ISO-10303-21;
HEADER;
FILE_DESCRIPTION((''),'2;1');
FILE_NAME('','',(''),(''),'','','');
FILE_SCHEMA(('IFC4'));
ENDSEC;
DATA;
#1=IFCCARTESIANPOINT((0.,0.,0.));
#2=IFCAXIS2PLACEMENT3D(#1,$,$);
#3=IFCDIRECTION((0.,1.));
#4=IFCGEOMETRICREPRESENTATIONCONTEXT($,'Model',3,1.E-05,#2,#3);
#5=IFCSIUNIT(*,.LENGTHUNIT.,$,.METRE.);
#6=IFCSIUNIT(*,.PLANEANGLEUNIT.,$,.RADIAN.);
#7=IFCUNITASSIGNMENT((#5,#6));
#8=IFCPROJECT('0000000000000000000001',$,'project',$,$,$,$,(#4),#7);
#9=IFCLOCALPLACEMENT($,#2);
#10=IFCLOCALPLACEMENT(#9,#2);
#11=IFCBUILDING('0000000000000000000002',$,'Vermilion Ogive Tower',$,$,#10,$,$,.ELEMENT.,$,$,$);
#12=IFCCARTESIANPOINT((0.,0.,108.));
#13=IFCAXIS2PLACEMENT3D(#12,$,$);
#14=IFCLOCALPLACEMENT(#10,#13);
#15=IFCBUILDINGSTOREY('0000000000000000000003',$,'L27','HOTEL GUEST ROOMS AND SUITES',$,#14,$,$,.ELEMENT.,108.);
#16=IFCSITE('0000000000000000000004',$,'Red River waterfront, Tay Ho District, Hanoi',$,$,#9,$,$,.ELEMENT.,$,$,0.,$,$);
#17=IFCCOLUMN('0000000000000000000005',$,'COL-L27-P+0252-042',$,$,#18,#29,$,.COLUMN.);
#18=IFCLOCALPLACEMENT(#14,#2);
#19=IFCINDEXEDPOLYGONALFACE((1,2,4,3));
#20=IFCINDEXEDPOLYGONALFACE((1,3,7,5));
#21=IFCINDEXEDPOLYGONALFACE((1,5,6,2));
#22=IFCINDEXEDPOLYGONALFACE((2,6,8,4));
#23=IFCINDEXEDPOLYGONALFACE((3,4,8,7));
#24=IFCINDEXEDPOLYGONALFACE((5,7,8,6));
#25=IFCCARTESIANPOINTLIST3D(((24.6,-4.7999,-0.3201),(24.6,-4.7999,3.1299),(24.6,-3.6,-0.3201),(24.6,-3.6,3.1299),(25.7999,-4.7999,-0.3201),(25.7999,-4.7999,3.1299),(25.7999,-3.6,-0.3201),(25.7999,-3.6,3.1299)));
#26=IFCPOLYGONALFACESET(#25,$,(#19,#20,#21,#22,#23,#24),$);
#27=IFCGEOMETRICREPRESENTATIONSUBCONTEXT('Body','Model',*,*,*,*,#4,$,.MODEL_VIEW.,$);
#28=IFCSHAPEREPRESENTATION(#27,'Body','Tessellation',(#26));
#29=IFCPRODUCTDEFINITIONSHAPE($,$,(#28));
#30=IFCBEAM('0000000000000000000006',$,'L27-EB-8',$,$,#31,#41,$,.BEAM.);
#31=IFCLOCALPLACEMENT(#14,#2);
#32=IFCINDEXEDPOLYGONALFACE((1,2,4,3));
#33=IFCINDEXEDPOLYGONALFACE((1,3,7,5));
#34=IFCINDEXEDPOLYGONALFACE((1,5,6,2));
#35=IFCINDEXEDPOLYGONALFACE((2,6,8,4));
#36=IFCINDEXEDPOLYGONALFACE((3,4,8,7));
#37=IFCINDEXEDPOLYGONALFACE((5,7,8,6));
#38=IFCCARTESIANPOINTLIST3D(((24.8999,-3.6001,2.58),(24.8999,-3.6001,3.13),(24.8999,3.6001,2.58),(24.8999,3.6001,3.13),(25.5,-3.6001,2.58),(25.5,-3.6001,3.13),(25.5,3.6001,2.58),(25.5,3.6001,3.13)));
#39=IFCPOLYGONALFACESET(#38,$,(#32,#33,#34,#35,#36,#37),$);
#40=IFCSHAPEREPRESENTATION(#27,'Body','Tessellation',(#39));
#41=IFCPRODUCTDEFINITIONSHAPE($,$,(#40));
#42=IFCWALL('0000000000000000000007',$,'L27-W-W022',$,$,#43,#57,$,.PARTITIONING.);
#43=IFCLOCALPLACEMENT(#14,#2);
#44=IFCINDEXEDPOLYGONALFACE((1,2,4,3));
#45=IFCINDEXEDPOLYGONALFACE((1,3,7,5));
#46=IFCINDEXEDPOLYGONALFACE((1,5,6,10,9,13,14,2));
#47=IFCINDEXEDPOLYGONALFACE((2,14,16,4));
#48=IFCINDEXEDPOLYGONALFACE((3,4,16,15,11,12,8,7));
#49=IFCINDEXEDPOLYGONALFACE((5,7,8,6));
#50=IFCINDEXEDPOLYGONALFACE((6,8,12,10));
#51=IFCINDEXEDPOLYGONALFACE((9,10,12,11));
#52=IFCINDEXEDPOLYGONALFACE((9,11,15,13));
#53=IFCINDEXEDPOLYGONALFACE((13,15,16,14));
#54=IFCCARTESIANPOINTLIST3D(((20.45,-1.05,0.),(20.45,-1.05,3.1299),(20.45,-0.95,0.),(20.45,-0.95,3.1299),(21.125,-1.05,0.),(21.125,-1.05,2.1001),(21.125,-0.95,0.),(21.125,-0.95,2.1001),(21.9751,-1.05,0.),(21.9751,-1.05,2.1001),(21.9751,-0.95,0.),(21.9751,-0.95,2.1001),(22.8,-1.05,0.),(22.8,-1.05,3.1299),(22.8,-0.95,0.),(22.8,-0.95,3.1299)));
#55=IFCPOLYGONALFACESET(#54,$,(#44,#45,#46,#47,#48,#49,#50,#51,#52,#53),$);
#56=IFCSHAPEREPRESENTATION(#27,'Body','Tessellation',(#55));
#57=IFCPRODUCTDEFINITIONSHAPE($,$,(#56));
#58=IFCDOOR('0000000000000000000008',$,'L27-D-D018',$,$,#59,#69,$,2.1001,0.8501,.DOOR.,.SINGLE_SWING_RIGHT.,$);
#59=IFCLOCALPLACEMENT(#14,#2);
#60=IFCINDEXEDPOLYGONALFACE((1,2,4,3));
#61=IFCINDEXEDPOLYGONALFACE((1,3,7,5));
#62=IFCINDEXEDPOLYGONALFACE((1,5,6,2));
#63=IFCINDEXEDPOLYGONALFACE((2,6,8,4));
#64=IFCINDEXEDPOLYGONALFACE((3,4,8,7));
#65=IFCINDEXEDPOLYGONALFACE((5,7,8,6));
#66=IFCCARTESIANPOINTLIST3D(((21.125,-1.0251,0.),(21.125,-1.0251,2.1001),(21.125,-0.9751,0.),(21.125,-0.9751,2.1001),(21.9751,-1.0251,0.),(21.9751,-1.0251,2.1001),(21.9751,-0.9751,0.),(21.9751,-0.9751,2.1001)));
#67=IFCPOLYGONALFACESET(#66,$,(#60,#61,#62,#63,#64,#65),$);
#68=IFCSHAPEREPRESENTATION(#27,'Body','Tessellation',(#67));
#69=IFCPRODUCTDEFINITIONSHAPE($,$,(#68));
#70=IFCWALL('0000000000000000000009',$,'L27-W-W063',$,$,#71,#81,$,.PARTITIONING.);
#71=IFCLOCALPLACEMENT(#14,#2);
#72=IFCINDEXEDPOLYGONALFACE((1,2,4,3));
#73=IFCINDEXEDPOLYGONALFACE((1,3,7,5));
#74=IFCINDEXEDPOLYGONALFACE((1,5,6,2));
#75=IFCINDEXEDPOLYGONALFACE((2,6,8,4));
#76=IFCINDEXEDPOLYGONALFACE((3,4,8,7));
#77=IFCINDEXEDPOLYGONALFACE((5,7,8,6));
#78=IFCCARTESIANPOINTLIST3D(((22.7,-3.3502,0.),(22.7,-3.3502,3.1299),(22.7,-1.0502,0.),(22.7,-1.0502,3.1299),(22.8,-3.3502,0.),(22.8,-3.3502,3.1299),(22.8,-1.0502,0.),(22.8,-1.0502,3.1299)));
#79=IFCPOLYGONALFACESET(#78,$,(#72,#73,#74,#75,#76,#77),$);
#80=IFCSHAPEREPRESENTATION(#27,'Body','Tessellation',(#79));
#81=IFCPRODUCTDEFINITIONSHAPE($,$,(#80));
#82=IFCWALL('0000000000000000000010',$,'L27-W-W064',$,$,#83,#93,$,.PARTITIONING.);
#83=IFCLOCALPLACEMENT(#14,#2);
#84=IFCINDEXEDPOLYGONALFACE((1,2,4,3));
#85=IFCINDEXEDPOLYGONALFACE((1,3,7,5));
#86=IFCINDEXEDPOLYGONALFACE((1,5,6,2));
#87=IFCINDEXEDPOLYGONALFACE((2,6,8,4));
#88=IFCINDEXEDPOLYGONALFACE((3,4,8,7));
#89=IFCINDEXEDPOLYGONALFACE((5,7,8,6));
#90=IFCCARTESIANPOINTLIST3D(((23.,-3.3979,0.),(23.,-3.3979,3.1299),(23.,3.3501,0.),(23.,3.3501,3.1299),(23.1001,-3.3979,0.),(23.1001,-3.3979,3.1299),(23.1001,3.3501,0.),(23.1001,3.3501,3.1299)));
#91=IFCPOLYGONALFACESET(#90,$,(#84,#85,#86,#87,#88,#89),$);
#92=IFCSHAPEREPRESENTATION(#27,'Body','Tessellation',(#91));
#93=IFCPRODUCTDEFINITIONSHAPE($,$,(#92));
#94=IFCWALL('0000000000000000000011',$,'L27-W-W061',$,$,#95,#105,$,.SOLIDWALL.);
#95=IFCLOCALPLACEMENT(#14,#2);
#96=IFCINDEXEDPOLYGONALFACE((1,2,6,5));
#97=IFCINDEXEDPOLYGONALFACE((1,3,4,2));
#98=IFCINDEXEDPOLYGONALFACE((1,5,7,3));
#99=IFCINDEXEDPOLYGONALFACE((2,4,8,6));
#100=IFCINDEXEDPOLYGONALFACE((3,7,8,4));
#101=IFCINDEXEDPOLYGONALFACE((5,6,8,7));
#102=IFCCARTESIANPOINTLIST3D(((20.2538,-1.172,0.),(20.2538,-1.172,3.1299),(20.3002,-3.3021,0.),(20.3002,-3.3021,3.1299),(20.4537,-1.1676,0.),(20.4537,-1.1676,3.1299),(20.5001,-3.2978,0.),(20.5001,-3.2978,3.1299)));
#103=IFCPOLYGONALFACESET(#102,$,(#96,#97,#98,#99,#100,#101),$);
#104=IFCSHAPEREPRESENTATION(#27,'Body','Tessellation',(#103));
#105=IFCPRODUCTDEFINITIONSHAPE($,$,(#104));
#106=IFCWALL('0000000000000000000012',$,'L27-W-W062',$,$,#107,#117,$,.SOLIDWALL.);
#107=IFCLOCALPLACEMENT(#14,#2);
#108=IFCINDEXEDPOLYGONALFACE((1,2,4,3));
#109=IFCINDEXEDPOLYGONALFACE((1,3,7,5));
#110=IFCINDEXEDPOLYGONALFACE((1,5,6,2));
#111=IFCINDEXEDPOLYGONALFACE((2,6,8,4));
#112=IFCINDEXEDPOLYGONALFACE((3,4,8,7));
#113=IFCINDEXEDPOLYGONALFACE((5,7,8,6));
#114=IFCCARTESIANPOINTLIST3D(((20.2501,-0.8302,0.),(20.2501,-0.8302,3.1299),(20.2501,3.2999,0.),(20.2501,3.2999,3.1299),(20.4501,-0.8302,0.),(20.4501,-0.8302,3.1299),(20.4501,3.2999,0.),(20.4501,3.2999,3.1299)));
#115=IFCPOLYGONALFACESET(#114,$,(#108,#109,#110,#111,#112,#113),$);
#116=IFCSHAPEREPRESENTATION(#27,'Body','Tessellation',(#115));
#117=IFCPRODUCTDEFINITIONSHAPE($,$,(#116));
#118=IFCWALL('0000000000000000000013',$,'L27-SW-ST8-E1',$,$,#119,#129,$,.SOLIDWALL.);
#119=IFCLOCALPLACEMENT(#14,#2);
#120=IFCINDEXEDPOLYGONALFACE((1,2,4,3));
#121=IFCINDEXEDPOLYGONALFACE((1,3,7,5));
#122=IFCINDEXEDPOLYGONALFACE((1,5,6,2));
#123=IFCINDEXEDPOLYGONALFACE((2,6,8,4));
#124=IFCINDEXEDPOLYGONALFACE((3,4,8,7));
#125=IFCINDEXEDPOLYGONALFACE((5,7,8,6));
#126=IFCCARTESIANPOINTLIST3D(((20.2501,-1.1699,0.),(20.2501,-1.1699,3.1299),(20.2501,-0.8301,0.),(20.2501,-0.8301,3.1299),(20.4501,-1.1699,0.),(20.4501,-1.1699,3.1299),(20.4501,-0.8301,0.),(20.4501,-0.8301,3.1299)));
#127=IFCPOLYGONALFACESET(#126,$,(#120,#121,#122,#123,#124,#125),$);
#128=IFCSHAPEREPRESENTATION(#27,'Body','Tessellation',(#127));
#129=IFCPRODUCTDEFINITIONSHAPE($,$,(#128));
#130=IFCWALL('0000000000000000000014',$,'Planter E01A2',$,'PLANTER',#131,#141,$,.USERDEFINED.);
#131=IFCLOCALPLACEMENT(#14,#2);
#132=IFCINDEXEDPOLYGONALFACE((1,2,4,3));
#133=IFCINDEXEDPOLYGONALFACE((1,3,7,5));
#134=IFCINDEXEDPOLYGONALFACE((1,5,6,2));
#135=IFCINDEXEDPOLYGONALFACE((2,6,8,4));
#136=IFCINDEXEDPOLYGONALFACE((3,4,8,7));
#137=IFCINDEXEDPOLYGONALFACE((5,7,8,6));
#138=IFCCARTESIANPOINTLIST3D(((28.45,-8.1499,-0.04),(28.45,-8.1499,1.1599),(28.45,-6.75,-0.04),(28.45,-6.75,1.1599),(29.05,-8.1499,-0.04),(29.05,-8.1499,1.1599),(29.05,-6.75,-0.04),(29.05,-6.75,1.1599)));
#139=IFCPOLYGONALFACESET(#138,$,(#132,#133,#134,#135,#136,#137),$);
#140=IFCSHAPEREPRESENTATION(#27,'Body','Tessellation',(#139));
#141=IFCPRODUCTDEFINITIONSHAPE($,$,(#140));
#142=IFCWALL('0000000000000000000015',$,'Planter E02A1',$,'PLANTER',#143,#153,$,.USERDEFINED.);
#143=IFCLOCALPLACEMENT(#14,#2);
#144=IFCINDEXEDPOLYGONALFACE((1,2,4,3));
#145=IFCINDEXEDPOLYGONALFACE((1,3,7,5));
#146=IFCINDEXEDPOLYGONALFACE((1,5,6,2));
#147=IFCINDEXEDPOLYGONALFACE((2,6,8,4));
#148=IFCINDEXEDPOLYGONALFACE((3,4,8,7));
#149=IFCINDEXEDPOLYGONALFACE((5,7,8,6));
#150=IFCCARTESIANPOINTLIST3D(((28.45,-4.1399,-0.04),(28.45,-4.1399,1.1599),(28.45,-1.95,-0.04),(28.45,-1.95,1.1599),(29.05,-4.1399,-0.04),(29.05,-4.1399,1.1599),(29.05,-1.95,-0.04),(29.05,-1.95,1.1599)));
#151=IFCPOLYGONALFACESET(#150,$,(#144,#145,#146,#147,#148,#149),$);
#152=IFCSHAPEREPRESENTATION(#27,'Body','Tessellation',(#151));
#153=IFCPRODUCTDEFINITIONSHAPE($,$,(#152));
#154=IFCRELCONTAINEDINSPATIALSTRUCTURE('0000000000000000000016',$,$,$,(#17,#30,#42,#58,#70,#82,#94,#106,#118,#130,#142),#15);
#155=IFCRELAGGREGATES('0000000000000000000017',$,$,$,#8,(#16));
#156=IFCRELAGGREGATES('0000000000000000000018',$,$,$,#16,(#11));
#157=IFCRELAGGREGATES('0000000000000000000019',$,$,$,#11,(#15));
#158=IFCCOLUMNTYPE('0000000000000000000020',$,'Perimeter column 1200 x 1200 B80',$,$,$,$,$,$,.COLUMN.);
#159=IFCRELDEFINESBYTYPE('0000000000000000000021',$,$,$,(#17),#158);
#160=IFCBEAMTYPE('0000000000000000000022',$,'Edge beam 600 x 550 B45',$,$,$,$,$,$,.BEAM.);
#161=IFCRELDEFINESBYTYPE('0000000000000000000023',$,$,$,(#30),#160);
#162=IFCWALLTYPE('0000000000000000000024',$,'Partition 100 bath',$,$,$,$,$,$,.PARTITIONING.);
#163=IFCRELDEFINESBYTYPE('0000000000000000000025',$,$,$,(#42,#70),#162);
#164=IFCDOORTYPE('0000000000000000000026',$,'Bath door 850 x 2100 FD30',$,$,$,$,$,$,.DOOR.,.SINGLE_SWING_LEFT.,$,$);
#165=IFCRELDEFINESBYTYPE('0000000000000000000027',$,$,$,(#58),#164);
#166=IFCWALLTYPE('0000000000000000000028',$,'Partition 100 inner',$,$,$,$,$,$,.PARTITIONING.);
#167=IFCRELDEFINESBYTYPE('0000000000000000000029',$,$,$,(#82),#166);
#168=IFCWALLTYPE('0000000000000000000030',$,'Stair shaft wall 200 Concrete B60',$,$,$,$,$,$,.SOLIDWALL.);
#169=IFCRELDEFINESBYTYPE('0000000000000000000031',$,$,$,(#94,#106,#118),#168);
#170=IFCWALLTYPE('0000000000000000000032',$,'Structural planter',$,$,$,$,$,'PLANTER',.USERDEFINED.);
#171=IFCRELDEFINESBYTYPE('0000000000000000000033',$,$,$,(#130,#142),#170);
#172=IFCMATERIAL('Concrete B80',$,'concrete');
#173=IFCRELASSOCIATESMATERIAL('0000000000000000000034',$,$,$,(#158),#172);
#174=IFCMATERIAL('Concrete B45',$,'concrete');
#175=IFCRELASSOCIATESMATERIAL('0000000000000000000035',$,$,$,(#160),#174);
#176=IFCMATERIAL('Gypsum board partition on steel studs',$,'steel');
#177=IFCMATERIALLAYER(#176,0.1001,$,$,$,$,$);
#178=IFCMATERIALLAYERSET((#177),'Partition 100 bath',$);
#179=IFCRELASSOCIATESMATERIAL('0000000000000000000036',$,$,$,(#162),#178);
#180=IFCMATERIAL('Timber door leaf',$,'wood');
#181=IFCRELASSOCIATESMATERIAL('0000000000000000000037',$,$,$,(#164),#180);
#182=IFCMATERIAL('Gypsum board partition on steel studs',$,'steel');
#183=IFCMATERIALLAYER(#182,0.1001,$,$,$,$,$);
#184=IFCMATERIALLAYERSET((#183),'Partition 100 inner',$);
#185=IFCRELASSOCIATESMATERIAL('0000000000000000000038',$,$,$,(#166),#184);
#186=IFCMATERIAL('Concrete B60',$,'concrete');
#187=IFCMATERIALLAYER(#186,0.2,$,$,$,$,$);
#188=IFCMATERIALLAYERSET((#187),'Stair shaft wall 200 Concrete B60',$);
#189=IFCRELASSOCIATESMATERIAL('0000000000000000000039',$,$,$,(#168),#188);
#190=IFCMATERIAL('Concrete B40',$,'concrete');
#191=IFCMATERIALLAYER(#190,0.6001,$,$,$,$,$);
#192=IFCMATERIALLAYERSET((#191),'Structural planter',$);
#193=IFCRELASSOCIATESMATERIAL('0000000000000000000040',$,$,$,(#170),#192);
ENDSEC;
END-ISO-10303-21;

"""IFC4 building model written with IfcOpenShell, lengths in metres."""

from ifc_helpers import new_model, si_unit, direction, frame, frame_2d, origin, origin_2d, place, context, subcontext, project, spatial, rectangle, extrude, material, layer, layer_set, material_profile, profile_set, type_object, element, fill, save


model = new_model("IFC4")

# Units and contexts
model_context = context("Model", 3, precision=1e-05, world=origin(), true_north=direction((0.0, 1.0)))
body_context = subcontext(model_context, "Body", "Model", "MODEL_VIEW")
ifc_project = project(units=[si_unit("LENGTHUNIT", "METRE"), si_unit("PLANEANGLEUNIT", "RADIAN")], contexts=[model_context])

# Site, building, storey
site_placement = place(None, origin())
site = spatial("IfcSite", under=ifc_project, at=site_placement, Name="Red River waterfront, Tay Ho District, Hanoi", CompositionType="ELEMENT", RefElevation=0.0)
building_placement = place(site_placement, origin())
building = spatial("IfcBuilding", under=site, at=building_placement, Name="Vermilion Ogive Tower", CompositionType="ELEMENT")
storey_placement = place(building_placement, frame((0.0, 0.0, 108.0)))
storey = spatial("IfcBuildingStorey", under=building, at=storey_placement, Name="L27", Description="HOTEL GUEST ROOMS AND SUITES", CompositionType="ELEMENT", Elevation=108.0)

# Column
ifc_material_1 = material(Name="Concrete B80", Category="concrete")
ifc_material_profile_1 = material_profile(ifc_material_1, rectangle(XDim=1.2, YDim=1.2, at=origin_2d()), Name="1200 x 1200")
ifc_profile_set_1 = profile_set([ifc_material_profile_1], Name="Concrete B80")
column_type = type_object("IfcColumnType", Name="Perimeter column 1200 x 1200 B80", PredefinedType="COLUMN", material=ifc_profile_set_1)
column_placement = place(storey_placement, frame((25.2, -4.2, -0.3201), z_axis=(0.0, 0.0, 1.0), x_axis=(1.0, 0.0, 0.0)))
element("IfcColumn", 1, at=column_placement, inside=storey, type_object=column_type, Name="COL-L27-P+0252-042", PredefinedType="COLUMN", context=body_context, shape_type="SweptSolid", body=[
    extrude(rectangle(XDim=1.2, YDim=1.2, at=origin_2d()), origin(), (0.0, 0.0, 1.0), 3.45),
])

# Beam
ifc_material_2 = material(Name="Concrete B45", Category="concrete")
ifc_material_profile_2 = material_profile(ifc_material_2, rectangle(XDim=0.6001, YDim=0.55, at=origin_2d()), Name="600 x 550")
ifc_profile_set_2 = profile_set([ifc_material_profile_2], Name="Concrete B45")
beam_type = type_object("IfcBeamType", Name="Edge beam 600 x 550 B45", PredefinedType="BEAM", material=ifc_profile_set_2)
beam_placement = place(storey_placement, frame((25.2, -3.6001, 2.855), z_axis=(0.0, 1.0, 0.0), x_axis=(-1.0, 0.0, 0.0)))
element("IfcBeam", 2, at=beam_placement, inside=storey, type_object=beam_type, Name="L27-EB-8", PredefinedType="BEAM", context=body_context, shape_type="SweptSolid", body=[
    extrude(rectangle(XDim=0.6001, YDim=0.55, at=origin_2d()), origin(), (0.0, 0.0, 1.0), 7.2002),
])

# Wall, opening, door
ifc_material_3 = material(Name="Gypsum board partition on steel studs", Category="steel")
ifc_layer_1 = layer(ifc_material_3, 0.1001)
ifc_layer_set_1 = layer_set([ifc_layer_1], Name="Partition 100 bath")
wall_type_1 = type_object("IfcWallType", Name="Partition 100 bath", PredefinedType="PARTITIONING", material=ifc_layer_set_1)
wall_1_placement = place(storey_placement, frame((20.45, -1.0, 0.0), z_axis=(0.0, 0.0, 1.0), x_axis=(1.0, 0.0, 0.0)))
wall_1 = element("IfcWall", 3, at=wall_1_placement, inside=storey, type_object=wall_type_1, Name="L27-W-W022", PredefinedType="PARTITIONING", context=body_context, shape_type="SweptSolid", body=[
    extrude(rectangle(XDim=2.3501, YDim=0.1001, at=frame_2d((1.175, 0.0))), origin(), (0.0, 0.0, 1.0), 3.1299),
])
opening_1_placement = place(wall_1_placement, frame((0.675, 0.0, 0.0)))
opening_1 = element("IfcOpeningElement", 4, at=opening_1_placement, cuts=wall_1, PredefinedType="OPENING", context=body_context, shape_type="SweptSolid", body=[
    extrude(rectangle(XDim=0.8501, YDim=2.1001, at=frame_2d((0.425, 1.05))), frame((0.0, 0.0601, 0.0), z_axis=(0.0, -1.0, 0.0), x_axis=(1.0, 0.0, 0.0)), (0.0, 0.0, 1.0), 0.1201),
])
ifc_material_4 = material(Name="Timber door leaf", Category="wood")
door_type_1 = type_object("IfcDoorType", Name="Bath door 850 x 2100 FD30", OperationType="SINGLE_SWING_LEFT", PredefinedType="DOOR", material=ifc_material_4)
door_1_placement = place(opening_1_placement, origin())
door_1 = element("IfcDoor", 5, at=door_1_placement, inside=storey, type_object=door_type_1, Name="L27-D-D018", OperationType="SINGLE_SWING_RIGHT", OverallHeight=2.1001, OverallWidth=0.8501, PredefinedType="DOOR", context=body_context, shape_type="SweptSolid", body=[
    extrude(rectangle(XDim=0.8501, YDim=2.1001, at=frame_2d((0.425, 1.05))), frame((0.0, 0.0249, 0.0), z_axis=(0.0, -1.0, 0.0), x_axis=(1.0, 0.0, 0.0)), (0.0, 0.0, 1.0), 0.05),
])
fill(opening_1, door_1)

# Walls
wall_2_placement = place(storey_placement, frame((22.75, -3.3501, 0.0), z_axis=(0.0, 0.0, 1.0), x_axis=(0.0, 1.0, 0.0)))
element("IfcWall", 6, at=wall_2_placement, inside=storey, type_object=wall_type_1, Name="L27-W-W063", PredefinedType="PARTITIONING", context=body_context, shape_type="SweptSolid", body=[
    extrude(rectangle(XDim=2.3, YDim=0.1001, at=frame_2d((1.1499, 0.0))), origin(), (0.0, 0.0, 1.0), 3.1299),
])
ifc_material_5 = material(Name="Gypsum board partition on steel studs", Category="steel")
ifc_layer_2 = layer(ifc_material_5, 0.1001)
ifc_layer_set_2 = layer_set([ifc_layer_2], Name="Partition 100 inner")
wall_type_2 = type_object("IfcWallType", Name="Partition 100 inner", PredefinedType="PARTITIONING", material=ifc_layer_set_2)
wall_3_placement = place(storey_placement, frame((23.05, -3.3979, 0.0), z_axis=(0.0, 0.0, 1.0), x_axis=(0.0, 1.0, 0.0)))
element("IfcWall", 7, at=wall_3_placement, inside=storey, type_object=wall_type_2, Name="L27-W-W064", PredefinedType="PARTITIONING", context=body_context, shape_type="SweptSolid", body=[
    extrude(rectangle(XDim=6.748, YDim=0.1001, at=frame_2d((3.374, 0.0))), origin(), (0.0, 0.0, 1.0), 3.1299),
])
ifc_material_6 = material(Name="Concrete B60", Category="concrete")
ifc_layer_3 = layer(ifc_material_6, 0.2)
ifc_layer_set_3 = layer_set([ifc_layer_3], Name="Stair shaft wall 200 Concrete B60")
wall_type_3 = type_object("IfcWallType", Name="Stair shaft wall 200 Concrete B60", PredefinedType="SOLIDWALL", material=ifc_layer_set_3)
wall_4_placement = place(storey_placement, frame((20.4001, -3.3, 0.0), z_axis=(0.0, 0.0, 1.0), x_axis=(-0.021771, 0.999763, 0.0)))
element("IfcWall", 8, at=wall_4_placement, inside=storey, type_object=wall_type_3, Name="L27-W-W061", PredefinedType="SOLIDWALL", context=body_context, shape_type="SweptSolid", body=[
    extrude(rectangle(XDim=2.1306, YDim=0.2, at=frame_2d((1.0654, 0.0))), origin(), (0.0, 0.0, 1.0), 3.1299),
])
wall_5_placement = place(storey_placement, frame((20.3501, -0.8301, 0.0), z_axis=(0.0, 0.0, 1.0), x_axis=(0.0, 1.0, 0.0)))
element("IfcWall", 9, at=wall_5_placement, inside=storey, type_object=wall_type_3, Name="L27-W-W062", PredefinedType="SOLIDWALL", context=body_context, shape_type="SweptSolid", body=[
    extrude(rectangle(XDim=4.1301, YDim=0.2, at=frame_2d((2.0649, 0.0))), origin(), (0.0, 0.0, 1.0), 3.1299),
])
wall_6_placement = place(storey_placement, frame((20.3501, -1.1699, 0.0), z_axis=(0.0, 0.0, 1.0), x_axis=(0.0, 1.0, 0.0)))
element("IfcWall", 10, at=wall_6_placement, inside=storey, type_object=wall_type_3, Name="L27-SW-ST8-E1", PredefinedType="SOLIDWALL", context=body_context, shape_type="SweptSolid", body=[
    extrude(rectangle(XDim=0.3398, YDim=0.2, at=frame_2d((0.1699, 0.0))), origin(), (0.0, 0.0, 1.0), 3.1299),
])
ifc_material_7 = material(Name="Concrete B40", Category="concrete")
ifc_layer_4 = layer(ifc_material_7, 0.6001)
ifc_layer_set_4 = layer_set([ifc_layer_4], Name="Structural planter")
wall_type_4 = type_object("IfcWallType", Name="Structural planter", ElementType="PLANTER", PredefinedType="USERDEFINED", material=ifc_layer_set_4)
wall_7_placement = place(storey_placement, frame((28.75, -8.1499, -0.04), z_axis=(0.0, 0.0, 1.0), x_axis=(0.0, 1.0, 0.0)))
element("IfcWall", 11, at=wall_7_placement, inside=storey, type_object=wall_type_4, Name="Planter E01A2", ObjectType="PLANTER", PredefinedType="USERDEFINED", context=body_context, shape_type="SweptSolid", body=[
    extrude(rectangle(XDim=1.3999, YDim=0.6001, at=frame_2d((0.7, 0.0))), origin(), (0.0, 0.0, 1.0), 1.2),
])
wall_8_placement = place(storey_placement, frame((28.75, -4.1399, -0.04), z_axis=(0.0, 0.0, 1.0), x_axis=(0.0, 1.0, 0.0)))
element("IfcWall", 12, at=wall_8_placement, inside=storey, type_object=wall_type_4, Name="Planter E02A1", ObjectType="PLANTER", PredefinedType="USERDEFINED", context=body_context, shape_type="SweptSolid", body=[
    extrude(rectangle(XDim=2.1899, YDim=0.6001, at=frame_2d((1.095, 0.0))), origin(), (0.0, 0.0, 1.0), 1.2),
])

save(model, "model.ifc")
